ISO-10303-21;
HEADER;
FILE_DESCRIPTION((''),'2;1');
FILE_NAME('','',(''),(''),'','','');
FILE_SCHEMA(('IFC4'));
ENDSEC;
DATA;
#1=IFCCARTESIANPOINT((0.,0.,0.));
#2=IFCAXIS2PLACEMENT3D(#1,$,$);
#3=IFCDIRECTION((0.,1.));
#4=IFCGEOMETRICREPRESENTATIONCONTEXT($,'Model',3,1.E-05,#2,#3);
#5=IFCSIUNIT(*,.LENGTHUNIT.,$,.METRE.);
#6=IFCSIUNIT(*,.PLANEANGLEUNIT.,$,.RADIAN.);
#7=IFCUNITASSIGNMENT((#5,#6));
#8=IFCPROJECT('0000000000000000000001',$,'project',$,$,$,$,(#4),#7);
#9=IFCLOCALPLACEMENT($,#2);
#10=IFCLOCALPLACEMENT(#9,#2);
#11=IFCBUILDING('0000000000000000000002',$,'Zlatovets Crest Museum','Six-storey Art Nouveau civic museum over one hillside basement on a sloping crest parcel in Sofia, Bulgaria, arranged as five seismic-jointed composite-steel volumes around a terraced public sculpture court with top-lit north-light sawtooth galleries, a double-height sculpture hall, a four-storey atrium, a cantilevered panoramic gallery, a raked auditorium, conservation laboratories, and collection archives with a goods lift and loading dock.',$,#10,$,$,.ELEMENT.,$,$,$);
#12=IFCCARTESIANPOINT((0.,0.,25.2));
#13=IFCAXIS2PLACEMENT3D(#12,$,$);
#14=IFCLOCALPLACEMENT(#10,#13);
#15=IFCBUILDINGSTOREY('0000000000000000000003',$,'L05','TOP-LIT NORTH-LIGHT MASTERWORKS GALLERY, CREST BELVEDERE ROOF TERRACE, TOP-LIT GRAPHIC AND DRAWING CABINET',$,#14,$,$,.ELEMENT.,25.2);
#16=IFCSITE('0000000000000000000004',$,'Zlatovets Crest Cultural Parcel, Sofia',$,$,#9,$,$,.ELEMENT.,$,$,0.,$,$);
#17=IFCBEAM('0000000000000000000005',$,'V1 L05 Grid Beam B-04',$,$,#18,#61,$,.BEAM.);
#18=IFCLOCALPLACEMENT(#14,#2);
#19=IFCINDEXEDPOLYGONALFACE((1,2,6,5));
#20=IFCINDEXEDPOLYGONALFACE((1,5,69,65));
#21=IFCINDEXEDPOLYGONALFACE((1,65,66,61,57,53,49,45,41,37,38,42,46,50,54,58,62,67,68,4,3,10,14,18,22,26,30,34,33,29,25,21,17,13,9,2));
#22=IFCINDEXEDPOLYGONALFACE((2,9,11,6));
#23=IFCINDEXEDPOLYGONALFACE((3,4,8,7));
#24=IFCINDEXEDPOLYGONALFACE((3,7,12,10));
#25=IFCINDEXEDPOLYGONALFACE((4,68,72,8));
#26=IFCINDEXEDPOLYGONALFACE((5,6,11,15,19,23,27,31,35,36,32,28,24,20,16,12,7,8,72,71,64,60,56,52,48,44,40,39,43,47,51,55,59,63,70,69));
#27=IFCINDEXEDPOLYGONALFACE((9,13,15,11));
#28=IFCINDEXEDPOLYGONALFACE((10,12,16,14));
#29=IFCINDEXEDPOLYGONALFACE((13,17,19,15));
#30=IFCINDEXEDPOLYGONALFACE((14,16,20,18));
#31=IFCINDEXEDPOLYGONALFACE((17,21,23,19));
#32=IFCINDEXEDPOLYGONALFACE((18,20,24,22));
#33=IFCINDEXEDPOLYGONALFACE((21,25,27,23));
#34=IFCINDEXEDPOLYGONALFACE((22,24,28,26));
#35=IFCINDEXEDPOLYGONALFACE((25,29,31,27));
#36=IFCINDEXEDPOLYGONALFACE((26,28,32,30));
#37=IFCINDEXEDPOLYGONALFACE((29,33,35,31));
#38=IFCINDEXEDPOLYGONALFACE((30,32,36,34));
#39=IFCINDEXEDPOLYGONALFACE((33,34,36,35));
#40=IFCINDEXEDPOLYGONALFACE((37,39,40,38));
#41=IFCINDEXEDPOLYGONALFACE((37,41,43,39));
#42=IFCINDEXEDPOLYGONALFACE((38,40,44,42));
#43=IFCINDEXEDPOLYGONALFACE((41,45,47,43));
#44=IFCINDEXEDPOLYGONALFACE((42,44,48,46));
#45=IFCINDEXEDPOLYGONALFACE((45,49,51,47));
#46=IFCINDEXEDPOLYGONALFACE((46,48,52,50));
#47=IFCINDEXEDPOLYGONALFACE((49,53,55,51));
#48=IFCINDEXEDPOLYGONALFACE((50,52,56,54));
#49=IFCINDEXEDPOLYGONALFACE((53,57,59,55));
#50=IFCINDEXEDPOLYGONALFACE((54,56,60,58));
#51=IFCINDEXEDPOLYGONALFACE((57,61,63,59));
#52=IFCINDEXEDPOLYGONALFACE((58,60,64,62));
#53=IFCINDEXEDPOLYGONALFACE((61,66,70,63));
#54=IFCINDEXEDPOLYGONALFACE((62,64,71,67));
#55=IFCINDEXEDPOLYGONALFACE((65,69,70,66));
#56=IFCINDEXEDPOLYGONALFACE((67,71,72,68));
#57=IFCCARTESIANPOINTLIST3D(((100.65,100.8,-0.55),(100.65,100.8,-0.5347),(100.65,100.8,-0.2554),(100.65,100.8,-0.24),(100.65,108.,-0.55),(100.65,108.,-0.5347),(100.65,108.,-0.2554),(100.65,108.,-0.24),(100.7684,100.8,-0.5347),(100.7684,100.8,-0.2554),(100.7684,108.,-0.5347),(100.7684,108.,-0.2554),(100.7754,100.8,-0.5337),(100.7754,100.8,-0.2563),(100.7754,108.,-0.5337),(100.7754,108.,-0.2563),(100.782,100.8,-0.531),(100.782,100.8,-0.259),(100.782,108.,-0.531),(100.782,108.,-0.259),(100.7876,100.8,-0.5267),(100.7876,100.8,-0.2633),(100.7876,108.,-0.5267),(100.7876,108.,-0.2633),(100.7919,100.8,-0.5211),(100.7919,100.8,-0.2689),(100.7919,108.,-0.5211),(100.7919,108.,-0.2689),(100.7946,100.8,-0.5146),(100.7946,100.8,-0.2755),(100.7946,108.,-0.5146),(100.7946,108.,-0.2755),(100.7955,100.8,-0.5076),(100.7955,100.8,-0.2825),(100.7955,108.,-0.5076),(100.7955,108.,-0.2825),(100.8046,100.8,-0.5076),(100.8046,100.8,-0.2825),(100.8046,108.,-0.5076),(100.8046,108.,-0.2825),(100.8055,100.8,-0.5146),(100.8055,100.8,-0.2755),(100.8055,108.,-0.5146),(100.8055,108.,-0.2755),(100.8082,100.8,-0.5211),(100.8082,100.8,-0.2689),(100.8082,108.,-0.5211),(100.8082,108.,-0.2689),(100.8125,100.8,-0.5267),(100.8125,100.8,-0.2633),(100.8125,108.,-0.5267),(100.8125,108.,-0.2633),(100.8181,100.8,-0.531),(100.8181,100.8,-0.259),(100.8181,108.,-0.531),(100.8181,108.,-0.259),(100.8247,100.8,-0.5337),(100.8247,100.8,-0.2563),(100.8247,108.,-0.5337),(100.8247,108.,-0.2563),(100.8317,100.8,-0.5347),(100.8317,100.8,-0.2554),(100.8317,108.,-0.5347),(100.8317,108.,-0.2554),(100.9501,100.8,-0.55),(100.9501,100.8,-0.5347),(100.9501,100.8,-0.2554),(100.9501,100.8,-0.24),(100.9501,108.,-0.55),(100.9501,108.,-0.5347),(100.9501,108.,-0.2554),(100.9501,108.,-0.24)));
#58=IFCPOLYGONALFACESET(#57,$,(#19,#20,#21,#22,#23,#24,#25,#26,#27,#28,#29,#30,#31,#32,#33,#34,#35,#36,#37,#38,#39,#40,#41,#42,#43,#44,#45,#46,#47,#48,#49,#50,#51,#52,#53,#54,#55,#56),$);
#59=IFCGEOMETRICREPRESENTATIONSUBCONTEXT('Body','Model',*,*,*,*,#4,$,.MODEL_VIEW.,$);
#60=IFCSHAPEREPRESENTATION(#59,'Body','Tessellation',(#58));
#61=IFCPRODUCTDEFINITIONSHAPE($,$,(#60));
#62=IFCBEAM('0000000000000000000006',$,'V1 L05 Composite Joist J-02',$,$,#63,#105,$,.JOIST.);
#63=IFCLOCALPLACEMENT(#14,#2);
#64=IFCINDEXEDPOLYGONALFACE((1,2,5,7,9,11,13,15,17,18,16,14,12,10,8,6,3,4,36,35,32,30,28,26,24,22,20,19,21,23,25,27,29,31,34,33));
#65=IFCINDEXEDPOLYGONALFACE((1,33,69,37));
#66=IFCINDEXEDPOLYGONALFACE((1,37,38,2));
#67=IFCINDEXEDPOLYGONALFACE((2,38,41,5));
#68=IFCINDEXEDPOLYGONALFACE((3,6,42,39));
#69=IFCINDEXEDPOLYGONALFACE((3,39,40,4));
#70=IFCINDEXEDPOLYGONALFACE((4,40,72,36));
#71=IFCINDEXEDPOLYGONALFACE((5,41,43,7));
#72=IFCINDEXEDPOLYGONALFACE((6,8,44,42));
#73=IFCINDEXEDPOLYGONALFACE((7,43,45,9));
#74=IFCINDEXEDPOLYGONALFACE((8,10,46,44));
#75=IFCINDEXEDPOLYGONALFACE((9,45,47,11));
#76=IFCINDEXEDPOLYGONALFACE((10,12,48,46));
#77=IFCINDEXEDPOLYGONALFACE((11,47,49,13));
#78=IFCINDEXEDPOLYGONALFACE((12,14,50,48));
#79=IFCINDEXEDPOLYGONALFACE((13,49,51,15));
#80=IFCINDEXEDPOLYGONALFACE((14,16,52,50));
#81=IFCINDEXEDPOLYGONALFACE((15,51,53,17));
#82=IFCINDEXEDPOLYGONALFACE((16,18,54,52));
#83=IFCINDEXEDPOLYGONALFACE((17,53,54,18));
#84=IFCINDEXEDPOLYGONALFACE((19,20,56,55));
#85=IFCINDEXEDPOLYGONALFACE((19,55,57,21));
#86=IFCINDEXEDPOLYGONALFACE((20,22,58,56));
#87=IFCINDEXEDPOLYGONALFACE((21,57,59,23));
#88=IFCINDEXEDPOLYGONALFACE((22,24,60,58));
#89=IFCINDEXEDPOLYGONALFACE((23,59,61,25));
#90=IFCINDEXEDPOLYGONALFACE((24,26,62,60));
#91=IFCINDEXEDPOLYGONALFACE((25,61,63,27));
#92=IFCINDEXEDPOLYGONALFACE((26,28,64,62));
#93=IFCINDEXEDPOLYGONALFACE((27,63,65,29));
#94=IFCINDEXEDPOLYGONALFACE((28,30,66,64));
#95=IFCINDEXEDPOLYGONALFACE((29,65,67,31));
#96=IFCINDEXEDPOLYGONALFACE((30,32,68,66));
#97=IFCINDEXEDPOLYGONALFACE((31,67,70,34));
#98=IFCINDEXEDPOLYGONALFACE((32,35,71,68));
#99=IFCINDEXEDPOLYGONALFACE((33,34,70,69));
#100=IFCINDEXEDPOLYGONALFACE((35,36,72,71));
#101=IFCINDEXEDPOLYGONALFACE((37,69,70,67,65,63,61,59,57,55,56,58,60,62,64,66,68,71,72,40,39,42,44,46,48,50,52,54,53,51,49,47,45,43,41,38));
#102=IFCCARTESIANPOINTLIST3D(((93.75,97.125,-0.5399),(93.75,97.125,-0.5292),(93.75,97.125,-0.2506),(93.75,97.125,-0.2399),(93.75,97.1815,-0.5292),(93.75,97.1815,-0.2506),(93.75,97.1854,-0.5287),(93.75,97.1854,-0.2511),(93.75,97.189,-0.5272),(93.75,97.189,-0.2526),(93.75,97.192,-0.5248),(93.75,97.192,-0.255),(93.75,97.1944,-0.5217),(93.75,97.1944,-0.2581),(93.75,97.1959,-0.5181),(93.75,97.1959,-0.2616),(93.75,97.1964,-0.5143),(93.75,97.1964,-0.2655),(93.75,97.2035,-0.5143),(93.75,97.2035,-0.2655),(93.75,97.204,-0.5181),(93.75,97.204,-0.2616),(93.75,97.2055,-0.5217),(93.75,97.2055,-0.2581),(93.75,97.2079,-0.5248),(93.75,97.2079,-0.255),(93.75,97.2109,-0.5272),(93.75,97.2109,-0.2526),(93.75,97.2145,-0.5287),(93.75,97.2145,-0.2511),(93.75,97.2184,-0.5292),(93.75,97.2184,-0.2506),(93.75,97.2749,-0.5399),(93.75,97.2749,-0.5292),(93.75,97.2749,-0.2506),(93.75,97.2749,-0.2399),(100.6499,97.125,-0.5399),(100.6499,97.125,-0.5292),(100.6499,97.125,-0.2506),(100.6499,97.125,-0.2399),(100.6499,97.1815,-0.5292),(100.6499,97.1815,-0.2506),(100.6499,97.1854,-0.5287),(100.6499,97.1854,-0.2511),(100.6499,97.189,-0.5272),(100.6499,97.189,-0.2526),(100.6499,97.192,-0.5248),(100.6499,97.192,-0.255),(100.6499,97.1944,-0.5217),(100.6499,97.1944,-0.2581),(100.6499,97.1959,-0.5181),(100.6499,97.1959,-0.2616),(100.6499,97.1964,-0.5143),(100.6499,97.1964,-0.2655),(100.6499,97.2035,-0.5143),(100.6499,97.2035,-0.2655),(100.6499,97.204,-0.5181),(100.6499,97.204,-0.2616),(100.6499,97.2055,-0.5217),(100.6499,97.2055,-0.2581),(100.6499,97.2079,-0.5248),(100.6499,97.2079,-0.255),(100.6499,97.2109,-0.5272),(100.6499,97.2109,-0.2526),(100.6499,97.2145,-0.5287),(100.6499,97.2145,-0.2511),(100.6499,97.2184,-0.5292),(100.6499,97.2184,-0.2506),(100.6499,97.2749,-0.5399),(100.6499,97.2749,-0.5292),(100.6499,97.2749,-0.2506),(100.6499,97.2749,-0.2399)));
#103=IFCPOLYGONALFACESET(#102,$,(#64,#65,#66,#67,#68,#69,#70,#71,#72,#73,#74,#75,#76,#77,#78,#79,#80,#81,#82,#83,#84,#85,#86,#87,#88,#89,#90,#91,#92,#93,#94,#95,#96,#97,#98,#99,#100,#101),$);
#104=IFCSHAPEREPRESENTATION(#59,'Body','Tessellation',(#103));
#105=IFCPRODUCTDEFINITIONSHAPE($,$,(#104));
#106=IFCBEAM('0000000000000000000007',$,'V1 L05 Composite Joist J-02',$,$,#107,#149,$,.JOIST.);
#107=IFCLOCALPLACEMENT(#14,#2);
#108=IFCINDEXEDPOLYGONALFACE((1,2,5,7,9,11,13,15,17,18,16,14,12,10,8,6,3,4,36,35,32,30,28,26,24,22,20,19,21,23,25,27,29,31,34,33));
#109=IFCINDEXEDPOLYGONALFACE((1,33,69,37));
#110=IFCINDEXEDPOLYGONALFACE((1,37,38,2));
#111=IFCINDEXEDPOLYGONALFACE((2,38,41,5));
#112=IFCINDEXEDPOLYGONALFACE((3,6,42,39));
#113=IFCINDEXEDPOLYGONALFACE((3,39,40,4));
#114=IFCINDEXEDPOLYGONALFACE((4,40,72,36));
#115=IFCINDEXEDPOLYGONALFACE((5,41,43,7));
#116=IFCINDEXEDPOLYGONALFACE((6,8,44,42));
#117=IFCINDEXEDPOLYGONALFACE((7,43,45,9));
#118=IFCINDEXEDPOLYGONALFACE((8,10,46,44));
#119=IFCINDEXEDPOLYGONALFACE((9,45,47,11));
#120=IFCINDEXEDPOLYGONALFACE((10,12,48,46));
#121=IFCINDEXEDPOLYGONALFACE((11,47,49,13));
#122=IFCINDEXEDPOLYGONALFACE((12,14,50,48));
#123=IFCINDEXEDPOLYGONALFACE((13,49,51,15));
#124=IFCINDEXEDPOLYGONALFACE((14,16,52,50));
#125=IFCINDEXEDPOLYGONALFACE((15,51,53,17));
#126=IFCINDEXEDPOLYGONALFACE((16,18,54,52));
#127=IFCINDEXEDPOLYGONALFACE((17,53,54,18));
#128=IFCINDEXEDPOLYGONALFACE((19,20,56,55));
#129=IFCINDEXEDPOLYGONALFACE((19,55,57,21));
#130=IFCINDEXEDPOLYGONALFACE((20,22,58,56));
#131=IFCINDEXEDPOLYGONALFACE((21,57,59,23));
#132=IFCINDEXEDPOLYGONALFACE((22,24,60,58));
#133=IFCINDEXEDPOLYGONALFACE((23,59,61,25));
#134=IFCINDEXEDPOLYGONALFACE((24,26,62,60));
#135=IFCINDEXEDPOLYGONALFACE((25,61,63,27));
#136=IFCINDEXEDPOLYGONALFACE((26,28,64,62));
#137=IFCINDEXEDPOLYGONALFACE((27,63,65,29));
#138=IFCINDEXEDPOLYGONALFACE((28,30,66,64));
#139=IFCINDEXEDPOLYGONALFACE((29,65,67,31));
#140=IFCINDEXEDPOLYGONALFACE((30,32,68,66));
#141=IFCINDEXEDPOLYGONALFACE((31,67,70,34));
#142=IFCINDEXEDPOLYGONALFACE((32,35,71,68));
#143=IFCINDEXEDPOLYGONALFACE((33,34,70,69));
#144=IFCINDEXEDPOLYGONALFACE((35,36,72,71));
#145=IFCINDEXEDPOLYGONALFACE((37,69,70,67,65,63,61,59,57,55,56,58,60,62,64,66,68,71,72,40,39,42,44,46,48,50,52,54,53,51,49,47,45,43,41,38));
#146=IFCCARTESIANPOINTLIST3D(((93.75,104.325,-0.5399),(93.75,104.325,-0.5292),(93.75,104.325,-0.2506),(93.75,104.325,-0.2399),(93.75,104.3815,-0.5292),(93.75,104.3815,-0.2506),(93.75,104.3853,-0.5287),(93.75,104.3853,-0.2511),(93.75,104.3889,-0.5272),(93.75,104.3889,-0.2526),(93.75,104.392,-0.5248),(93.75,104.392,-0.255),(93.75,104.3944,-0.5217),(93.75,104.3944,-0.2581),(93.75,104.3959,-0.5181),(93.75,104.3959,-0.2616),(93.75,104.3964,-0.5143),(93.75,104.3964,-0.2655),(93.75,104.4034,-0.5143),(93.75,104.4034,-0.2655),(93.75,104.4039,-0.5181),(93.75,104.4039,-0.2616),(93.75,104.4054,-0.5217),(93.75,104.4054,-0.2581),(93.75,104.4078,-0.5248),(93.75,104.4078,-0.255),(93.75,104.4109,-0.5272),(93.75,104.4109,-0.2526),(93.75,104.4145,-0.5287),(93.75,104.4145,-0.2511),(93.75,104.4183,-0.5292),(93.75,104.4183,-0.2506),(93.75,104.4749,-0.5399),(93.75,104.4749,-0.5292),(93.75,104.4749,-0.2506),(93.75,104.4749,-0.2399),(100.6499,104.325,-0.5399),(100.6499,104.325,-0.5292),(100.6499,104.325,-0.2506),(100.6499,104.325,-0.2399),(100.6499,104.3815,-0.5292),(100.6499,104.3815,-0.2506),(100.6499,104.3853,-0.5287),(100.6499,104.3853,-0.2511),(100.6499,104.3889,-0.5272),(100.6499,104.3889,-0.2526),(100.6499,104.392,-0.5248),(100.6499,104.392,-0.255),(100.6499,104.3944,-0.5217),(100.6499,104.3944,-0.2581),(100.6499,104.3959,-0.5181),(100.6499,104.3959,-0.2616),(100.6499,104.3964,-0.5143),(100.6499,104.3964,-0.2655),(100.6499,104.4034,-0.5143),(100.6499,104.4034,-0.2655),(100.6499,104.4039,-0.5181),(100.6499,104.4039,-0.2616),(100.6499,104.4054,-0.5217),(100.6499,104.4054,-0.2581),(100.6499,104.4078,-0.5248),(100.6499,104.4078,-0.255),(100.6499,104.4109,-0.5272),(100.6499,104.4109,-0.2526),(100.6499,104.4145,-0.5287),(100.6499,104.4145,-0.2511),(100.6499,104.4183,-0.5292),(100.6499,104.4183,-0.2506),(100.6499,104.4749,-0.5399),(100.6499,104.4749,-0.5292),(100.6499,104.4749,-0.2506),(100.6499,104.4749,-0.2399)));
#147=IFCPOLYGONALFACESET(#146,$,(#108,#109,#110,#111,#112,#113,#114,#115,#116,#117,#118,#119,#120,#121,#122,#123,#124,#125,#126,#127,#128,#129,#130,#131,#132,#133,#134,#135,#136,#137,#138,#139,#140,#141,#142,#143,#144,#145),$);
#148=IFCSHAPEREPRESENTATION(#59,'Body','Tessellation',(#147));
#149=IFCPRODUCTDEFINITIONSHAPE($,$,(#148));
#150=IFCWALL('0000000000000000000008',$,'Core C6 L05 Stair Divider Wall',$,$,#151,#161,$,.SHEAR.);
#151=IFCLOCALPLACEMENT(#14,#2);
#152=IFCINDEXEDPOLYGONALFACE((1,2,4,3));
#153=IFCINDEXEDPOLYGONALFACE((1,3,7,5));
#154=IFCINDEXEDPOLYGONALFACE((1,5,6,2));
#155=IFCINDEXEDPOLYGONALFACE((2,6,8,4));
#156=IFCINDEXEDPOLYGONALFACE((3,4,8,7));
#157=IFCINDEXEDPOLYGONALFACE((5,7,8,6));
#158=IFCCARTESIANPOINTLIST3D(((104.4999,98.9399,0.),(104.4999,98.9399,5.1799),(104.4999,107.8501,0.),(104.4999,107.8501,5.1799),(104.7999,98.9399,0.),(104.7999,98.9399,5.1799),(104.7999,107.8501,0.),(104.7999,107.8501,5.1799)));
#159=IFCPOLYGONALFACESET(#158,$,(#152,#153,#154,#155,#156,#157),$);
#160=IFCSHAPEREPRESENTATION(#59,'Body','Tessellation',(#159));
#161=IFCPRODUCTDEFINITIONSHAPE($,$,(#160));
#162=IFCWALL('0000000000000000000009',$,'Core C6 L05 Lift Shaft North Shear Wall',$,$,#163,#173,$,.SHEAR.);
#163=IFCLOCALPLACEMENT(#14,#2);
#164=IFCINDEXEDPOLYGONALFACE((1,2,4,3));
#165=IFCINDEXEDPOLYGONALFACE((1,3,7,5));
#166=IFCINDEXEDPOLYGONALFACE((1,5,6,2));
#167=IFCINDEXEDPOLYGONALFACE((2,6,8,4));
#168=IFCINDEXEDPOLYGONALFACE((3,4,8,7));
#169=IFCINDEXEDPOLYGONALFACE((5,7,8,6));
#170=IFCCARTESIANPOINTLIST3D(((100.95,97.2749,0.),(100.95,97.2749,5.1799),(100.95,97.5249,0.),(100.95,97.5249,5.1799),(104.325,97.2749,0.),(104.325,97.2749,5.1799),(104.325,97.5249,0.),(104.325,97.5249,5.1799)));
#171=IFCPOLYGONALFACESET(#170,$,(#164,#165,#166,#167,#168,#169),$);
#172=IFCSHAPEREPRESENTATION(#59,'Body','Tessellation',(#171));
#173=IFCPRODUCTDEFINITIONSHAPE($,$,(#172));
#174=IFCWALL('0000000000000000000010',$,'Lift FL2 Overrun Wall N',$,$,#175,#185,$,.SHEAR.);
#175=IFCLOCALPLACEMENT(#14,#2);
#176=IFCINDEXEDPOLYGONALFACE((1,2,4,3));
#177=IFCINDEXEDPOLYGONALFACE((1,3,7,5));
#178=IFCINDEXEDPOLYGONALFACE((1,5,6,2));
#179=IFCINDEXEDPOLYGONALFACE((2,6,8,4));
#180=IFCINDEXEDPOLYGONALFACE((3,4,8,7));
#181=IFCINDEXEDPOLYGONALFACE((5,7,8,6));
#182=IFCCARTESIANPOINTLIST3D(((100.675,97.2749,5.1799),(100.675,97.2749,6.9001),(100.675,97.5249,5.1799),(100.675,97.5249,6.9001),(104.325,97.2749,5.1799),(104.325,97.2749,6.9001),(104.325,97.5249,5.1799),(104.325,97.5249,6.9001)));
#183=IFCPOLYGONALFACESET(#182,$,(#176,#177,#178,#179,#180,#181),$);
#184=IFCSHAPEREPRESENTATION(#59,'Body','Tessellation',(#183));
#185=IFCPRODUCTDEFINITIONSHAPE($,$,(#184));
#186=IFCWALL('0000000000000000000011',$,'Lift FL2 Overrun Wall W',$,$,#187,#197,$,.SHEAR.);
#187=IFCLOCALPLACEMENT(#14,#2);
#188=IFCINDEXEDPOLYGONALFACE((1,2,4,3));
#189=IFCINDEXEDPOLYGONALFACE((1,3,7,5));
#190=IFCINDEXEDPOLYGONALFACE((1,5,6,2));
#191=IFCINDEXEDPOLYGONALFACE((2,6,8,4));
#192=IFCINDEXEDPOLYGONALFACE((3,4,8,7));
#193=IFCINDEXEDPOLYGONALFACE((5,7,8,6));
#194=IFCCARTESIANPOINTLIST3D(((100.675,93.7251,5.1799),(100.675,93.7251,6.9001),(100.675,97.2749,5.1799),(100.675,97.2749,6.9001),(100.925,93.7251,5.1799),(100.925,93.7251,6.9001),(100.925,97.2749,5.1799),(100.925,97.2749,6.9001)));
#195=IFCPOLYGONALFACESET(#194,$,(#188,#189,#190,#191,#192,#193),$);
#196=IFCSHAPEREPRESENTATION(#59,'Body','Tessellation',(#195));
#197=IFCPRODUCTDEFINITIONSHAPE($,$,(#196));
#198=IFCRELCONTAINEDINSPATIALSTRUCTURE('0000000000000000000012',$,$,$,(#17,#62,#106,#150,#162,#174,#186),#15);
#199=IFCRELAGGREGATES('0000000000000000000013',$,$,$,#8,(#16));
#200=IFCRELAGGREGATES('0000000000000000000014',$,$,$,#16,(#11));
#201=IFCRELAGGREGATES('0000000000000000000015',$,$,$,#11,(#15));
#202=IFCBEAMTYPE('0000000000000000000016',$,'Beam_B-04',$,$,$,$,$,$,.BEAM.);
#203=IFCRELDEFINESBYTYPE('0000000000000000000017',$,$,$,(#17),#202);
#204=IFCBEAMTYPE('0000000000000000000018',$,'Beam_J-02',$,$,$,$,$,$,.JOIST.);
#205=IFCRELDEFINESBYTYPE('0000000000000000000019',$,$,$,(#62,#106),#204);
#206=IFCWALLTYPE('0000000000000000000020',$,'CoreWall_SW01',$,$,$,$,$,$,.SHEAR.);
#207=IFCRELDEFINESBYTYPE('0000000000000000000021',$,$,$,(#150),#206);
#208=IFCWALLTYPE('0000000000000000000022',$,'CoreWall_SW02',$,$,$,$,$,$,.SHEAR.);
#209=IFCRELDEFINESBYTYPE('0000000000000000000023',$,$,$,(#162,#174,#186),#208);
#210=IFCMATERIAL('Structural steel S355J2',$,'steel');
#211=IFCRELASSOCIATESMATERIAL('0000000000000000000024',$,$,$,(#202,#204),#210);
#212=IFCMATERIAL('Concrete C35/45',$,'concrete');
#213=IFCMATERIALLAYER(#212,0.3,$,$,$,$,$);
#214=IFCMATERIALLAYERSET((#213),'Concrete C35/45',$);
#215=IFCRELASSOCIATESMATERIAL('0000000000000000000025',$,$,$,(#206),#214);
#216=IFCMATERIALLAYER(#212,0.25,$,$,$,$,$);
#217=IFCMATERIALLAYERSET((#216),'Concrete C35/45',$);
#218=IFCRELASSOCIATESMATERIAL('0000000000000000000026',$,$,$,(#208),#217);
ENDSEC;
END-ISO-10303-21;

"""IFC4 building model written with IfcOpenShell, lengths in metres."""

from ifc_helpers import new_model, si_unit, direction, frame, frame_2d, origin, origin_2d, place, context, subcontext, project, spatial, rectangle, i_section, extrude, material, layer, layer_set, material_profile, profile_set, type_object, element, save


model = new_model("IFC4")

# Units and contexts
model_context = context("Model", 3, precision=1e-05, world=origin(), true_north=direction((0.0, 1.0)))
body_context = subcontext(model_context, "Body", "Model", "MODEL_VIEW")
ifc_project = project(units=[si_unit("LENGTHUNIT", "METRE"), si_unit("PLANEANGLEUNIT", "RADIAN")], contexts=[model_context])

# Site, building, storey
site_placement = place(None, origin())
site = spatial("IfcSite", under=ifc_project, at=site_placement, Name="Zlatovets Crest Cultural Parcel, Sofia", CompositionType="ELEMENT", RefElevation=0.0)
building_placement = place(site_placement, origin())
building = spatial("IfcBuilding", under=site, at=building_placement, Name="Zlatovets Crest Museum", Description="Six-storey Art Nouveau civic museum over one hillside basement on a sloping crest parcel in Sofia, Bulgaria, arranged as five seismic-jointed composite-steel volumes around a terraced public sculpture court with top-lit north-light sawtooth galleries, a double-height sculpture hall, a four-storey atrium, a cantilevered panoramic gallery, a raked auditorium, conservation laboratories, and collection archives with a goods lift and loading dock.", CompositionType="ELEMENT")
storey_placement = place(building_placement, frame((0.0, 0.0, 25.2)))
storey = spatial("IfcBuildingStorey", under=building, at=storey_placement, Name="L05", Description="TOP-LIT NORTH-LIGHT MASTERWORKS GALLERY, CREST BELVEDERE ROOF TERRACE, TOP-LIT GRAPHIC AND DRAWING CABINET", CompositionType="ELEMENT", Elevation=25.2)

# Beams
ifc_material_1 = material(Name="Structural steel S355J2", Category="steel")
ifc_material_profile_1 = material_profile(ifc_material_1, i_section(OverallWidth=0.3, OverallDepth=0.3101, WebThickness=0.009, FlangeThickness=0.0154, FilletRadius=0.0271, at=origin_2d()), Name="HEA 320")
ifc_profile_set_1 = profile_set([ifc_material_profile_1], Name="Structural steel S355J2")
beam_type_1 = type_object("IfcBeamType", Name="Beam_B-04", PredefinedType="BEAM", material=ifc_profile_set_1)
beam_placement = place(storey_placement, frame((100.8, 100.8, -0.395), z_axis=(0.0, 1.0, 0.0), x_axis=(-1.0, 0.0, 0.0)))
element("IfcBeam", 1, at=beam_placement, inside=storey, type_object=beam_type_1, Name="V1 L05 Grid Beam B-04", PredefinedType="BEAM", context=body_context, shape_type="SweptSolid", body=[
    extrude(i_section(OverallWidth=0.3, OverallDepth=0.3101, WebThickness=0.009, FlangeThickness=0.0154, FilletRadius=0.0271, at=origin_2d()), origin(), (0.0, 0.0, 1.0), 7.2),
])
ifc_material_profile_2 = material_profile(ifc_material_1, i_section(OverallWidth=0.1499, OverallDepth=0.3, WebThickness=0.0071, FlangeThickness=0.0107, FilletRadius=0.0149, at=origin_2d()), Name="IPE 300")
ifc_profile_set_2 = profile_set([ifc_material_profile_2], Name="Structural steel S355J2")
beam_type_2 = type_object("IfcBeamType", Name="Beam_J-02", PredefinedType="JOIST", material=ifc_profile_set_2)
for number, where, z_axis, x_axis, name in (
    (2, (93.75, 97.2, -0.3899), (1.0, 0.0, 0.0), (0.0, 1.0, 0.0), "V1 L05 Composite Joist J-02"),
    (3, (93.75, 104.3999, -0.3899), (1.0, 0.0, 0.0), (0.0, 1.0, 0.0), "V1 L05 Composite Joist J-02"),
):
    element("IfcBeam", number, at=place(storey_placement, frame(where, z_axis=z_axis, x_axis=x_axis)), inside=storey, type_object=beam_type_2, Name=name, PredefinedType="JOIST", context=body_context, shape_type="SweptSolid", body=[
        extrude(i_section(OverallWidth=0.1499, OverallDepth=0.3, WebThickness=0.0071, FlangeThickness=0.0107, FilletRadius=0.0149, at=origin_2d()), origin(), (0.0, 0.0, 1.0), 6.8999),
    ])

# Wall
ifc_material_2 = material(Name="Concrete C35/45", Category="concrete")
ifc_layer_1 = layer(ifc_material_2, 0.3)
ifc_layer_set_1 = layer_set([ifc_layer_1], Name="Concrete C35/45")
wall_type_1 = type_object("IfcWallType", Name="CoreWall_SW01", PredefinedType="SHEAR", material=ifc_layer_set_1)
wall_1_placement = place(storey_placement, frame((104.6499, 98.9399, 0.0), z_axis=(0.0, 0.0, 1.0), x_axis=(0.0, 1.0, 0.0)))
element("IfcWall", 4, at=wall_1_placement, inside=storey, type_object=wall_type_1, Name="Core C6 L05 Stair Divider Wall", PredefinedType="SHEAR", context=body_context, shape_type="SweptSolid", body=[
    extrude(rectangle(XDim=8.9102, YDim=0.3, at=frame_2d((4.4551, 0.0))), origin(), (0.0, 0.0, 1.0), 5.1799),
])

# Shared definitions
ifc_layer_2 = layer(ifc_material_2, 0.25)
ifc_layer_set_2 = layer_set([ifc_layer_2], Name="Concrete C35/45")
wall_type_2 = type_object("IfcWallType", Name="CoreWall_SW02", PredefinedType="SHEAR", material=ifc_layer_set_2)

# Walls
wall_2_placement = place(storey_placement, frame((100.95, 97.3999, 0.0), z_axis=(0.0, 0.0, 1.0), x_axis=(1.0, 0.0, 0.0)))
element("IfcWall", 5, at=wall_2_placement, inside=storey, type_object=wall_type_2, Name="Core C6 L05 Lift Shaft North Shear Wall", PredefinedType="SHEAR", context=body_context, shape_type="SweptSolid", body=[
    extrude(rectangle(XDim=3.375, YDim=0.25, at=frame_2d((1.6875, 0.0))), origin(), (0.0, 0.0, 1.0), 5.1799),
])
wall_3_placement = place(storey_placement, frame((104.325, 97.3999, 5.1799), z_axis=(0.0, 0.0, 1.0), x_axis=(-1.0, 0.0, 0.0)))
element("IfcWall", 6, at=wall_3_placement, inside=storey, type_object=wall_type_2, Name="Lift FL2 Overrun Wall N", PredefinedType="SHEAR", context=body_context, shape_type="SweptSolid", body=[
    extrude(rectangle(XDim=3.6499, YDim=0.25, at=frame_2d((1.825, 0.0))), origin(), (0.0, 0.0, 1.0), 1.7202),
])
wall_4_placement = place(storey_placement, frame((100.8, 97.2749, 5.1799), z_axis=(0.0, 0.0, 1.0), x_axis=(0.0, -1.0, 0.0)))
element("IfcWall", 7, at=wall_4_placement, inside=storey, type_object=wall_type_2, Name="Lift FL2 Overrun Wall W", PredefinedType="SHEAR", context=body_context, shape_type="SweptSolid", body=[
    extrude(rectangle(XDim=3.5498, YDim=0.25, at=frame_2d((1.7749, 0.0))), origin(), (0.0, 0.0, 1.0), 1.7202),
])

save(model, "model.ifc")
